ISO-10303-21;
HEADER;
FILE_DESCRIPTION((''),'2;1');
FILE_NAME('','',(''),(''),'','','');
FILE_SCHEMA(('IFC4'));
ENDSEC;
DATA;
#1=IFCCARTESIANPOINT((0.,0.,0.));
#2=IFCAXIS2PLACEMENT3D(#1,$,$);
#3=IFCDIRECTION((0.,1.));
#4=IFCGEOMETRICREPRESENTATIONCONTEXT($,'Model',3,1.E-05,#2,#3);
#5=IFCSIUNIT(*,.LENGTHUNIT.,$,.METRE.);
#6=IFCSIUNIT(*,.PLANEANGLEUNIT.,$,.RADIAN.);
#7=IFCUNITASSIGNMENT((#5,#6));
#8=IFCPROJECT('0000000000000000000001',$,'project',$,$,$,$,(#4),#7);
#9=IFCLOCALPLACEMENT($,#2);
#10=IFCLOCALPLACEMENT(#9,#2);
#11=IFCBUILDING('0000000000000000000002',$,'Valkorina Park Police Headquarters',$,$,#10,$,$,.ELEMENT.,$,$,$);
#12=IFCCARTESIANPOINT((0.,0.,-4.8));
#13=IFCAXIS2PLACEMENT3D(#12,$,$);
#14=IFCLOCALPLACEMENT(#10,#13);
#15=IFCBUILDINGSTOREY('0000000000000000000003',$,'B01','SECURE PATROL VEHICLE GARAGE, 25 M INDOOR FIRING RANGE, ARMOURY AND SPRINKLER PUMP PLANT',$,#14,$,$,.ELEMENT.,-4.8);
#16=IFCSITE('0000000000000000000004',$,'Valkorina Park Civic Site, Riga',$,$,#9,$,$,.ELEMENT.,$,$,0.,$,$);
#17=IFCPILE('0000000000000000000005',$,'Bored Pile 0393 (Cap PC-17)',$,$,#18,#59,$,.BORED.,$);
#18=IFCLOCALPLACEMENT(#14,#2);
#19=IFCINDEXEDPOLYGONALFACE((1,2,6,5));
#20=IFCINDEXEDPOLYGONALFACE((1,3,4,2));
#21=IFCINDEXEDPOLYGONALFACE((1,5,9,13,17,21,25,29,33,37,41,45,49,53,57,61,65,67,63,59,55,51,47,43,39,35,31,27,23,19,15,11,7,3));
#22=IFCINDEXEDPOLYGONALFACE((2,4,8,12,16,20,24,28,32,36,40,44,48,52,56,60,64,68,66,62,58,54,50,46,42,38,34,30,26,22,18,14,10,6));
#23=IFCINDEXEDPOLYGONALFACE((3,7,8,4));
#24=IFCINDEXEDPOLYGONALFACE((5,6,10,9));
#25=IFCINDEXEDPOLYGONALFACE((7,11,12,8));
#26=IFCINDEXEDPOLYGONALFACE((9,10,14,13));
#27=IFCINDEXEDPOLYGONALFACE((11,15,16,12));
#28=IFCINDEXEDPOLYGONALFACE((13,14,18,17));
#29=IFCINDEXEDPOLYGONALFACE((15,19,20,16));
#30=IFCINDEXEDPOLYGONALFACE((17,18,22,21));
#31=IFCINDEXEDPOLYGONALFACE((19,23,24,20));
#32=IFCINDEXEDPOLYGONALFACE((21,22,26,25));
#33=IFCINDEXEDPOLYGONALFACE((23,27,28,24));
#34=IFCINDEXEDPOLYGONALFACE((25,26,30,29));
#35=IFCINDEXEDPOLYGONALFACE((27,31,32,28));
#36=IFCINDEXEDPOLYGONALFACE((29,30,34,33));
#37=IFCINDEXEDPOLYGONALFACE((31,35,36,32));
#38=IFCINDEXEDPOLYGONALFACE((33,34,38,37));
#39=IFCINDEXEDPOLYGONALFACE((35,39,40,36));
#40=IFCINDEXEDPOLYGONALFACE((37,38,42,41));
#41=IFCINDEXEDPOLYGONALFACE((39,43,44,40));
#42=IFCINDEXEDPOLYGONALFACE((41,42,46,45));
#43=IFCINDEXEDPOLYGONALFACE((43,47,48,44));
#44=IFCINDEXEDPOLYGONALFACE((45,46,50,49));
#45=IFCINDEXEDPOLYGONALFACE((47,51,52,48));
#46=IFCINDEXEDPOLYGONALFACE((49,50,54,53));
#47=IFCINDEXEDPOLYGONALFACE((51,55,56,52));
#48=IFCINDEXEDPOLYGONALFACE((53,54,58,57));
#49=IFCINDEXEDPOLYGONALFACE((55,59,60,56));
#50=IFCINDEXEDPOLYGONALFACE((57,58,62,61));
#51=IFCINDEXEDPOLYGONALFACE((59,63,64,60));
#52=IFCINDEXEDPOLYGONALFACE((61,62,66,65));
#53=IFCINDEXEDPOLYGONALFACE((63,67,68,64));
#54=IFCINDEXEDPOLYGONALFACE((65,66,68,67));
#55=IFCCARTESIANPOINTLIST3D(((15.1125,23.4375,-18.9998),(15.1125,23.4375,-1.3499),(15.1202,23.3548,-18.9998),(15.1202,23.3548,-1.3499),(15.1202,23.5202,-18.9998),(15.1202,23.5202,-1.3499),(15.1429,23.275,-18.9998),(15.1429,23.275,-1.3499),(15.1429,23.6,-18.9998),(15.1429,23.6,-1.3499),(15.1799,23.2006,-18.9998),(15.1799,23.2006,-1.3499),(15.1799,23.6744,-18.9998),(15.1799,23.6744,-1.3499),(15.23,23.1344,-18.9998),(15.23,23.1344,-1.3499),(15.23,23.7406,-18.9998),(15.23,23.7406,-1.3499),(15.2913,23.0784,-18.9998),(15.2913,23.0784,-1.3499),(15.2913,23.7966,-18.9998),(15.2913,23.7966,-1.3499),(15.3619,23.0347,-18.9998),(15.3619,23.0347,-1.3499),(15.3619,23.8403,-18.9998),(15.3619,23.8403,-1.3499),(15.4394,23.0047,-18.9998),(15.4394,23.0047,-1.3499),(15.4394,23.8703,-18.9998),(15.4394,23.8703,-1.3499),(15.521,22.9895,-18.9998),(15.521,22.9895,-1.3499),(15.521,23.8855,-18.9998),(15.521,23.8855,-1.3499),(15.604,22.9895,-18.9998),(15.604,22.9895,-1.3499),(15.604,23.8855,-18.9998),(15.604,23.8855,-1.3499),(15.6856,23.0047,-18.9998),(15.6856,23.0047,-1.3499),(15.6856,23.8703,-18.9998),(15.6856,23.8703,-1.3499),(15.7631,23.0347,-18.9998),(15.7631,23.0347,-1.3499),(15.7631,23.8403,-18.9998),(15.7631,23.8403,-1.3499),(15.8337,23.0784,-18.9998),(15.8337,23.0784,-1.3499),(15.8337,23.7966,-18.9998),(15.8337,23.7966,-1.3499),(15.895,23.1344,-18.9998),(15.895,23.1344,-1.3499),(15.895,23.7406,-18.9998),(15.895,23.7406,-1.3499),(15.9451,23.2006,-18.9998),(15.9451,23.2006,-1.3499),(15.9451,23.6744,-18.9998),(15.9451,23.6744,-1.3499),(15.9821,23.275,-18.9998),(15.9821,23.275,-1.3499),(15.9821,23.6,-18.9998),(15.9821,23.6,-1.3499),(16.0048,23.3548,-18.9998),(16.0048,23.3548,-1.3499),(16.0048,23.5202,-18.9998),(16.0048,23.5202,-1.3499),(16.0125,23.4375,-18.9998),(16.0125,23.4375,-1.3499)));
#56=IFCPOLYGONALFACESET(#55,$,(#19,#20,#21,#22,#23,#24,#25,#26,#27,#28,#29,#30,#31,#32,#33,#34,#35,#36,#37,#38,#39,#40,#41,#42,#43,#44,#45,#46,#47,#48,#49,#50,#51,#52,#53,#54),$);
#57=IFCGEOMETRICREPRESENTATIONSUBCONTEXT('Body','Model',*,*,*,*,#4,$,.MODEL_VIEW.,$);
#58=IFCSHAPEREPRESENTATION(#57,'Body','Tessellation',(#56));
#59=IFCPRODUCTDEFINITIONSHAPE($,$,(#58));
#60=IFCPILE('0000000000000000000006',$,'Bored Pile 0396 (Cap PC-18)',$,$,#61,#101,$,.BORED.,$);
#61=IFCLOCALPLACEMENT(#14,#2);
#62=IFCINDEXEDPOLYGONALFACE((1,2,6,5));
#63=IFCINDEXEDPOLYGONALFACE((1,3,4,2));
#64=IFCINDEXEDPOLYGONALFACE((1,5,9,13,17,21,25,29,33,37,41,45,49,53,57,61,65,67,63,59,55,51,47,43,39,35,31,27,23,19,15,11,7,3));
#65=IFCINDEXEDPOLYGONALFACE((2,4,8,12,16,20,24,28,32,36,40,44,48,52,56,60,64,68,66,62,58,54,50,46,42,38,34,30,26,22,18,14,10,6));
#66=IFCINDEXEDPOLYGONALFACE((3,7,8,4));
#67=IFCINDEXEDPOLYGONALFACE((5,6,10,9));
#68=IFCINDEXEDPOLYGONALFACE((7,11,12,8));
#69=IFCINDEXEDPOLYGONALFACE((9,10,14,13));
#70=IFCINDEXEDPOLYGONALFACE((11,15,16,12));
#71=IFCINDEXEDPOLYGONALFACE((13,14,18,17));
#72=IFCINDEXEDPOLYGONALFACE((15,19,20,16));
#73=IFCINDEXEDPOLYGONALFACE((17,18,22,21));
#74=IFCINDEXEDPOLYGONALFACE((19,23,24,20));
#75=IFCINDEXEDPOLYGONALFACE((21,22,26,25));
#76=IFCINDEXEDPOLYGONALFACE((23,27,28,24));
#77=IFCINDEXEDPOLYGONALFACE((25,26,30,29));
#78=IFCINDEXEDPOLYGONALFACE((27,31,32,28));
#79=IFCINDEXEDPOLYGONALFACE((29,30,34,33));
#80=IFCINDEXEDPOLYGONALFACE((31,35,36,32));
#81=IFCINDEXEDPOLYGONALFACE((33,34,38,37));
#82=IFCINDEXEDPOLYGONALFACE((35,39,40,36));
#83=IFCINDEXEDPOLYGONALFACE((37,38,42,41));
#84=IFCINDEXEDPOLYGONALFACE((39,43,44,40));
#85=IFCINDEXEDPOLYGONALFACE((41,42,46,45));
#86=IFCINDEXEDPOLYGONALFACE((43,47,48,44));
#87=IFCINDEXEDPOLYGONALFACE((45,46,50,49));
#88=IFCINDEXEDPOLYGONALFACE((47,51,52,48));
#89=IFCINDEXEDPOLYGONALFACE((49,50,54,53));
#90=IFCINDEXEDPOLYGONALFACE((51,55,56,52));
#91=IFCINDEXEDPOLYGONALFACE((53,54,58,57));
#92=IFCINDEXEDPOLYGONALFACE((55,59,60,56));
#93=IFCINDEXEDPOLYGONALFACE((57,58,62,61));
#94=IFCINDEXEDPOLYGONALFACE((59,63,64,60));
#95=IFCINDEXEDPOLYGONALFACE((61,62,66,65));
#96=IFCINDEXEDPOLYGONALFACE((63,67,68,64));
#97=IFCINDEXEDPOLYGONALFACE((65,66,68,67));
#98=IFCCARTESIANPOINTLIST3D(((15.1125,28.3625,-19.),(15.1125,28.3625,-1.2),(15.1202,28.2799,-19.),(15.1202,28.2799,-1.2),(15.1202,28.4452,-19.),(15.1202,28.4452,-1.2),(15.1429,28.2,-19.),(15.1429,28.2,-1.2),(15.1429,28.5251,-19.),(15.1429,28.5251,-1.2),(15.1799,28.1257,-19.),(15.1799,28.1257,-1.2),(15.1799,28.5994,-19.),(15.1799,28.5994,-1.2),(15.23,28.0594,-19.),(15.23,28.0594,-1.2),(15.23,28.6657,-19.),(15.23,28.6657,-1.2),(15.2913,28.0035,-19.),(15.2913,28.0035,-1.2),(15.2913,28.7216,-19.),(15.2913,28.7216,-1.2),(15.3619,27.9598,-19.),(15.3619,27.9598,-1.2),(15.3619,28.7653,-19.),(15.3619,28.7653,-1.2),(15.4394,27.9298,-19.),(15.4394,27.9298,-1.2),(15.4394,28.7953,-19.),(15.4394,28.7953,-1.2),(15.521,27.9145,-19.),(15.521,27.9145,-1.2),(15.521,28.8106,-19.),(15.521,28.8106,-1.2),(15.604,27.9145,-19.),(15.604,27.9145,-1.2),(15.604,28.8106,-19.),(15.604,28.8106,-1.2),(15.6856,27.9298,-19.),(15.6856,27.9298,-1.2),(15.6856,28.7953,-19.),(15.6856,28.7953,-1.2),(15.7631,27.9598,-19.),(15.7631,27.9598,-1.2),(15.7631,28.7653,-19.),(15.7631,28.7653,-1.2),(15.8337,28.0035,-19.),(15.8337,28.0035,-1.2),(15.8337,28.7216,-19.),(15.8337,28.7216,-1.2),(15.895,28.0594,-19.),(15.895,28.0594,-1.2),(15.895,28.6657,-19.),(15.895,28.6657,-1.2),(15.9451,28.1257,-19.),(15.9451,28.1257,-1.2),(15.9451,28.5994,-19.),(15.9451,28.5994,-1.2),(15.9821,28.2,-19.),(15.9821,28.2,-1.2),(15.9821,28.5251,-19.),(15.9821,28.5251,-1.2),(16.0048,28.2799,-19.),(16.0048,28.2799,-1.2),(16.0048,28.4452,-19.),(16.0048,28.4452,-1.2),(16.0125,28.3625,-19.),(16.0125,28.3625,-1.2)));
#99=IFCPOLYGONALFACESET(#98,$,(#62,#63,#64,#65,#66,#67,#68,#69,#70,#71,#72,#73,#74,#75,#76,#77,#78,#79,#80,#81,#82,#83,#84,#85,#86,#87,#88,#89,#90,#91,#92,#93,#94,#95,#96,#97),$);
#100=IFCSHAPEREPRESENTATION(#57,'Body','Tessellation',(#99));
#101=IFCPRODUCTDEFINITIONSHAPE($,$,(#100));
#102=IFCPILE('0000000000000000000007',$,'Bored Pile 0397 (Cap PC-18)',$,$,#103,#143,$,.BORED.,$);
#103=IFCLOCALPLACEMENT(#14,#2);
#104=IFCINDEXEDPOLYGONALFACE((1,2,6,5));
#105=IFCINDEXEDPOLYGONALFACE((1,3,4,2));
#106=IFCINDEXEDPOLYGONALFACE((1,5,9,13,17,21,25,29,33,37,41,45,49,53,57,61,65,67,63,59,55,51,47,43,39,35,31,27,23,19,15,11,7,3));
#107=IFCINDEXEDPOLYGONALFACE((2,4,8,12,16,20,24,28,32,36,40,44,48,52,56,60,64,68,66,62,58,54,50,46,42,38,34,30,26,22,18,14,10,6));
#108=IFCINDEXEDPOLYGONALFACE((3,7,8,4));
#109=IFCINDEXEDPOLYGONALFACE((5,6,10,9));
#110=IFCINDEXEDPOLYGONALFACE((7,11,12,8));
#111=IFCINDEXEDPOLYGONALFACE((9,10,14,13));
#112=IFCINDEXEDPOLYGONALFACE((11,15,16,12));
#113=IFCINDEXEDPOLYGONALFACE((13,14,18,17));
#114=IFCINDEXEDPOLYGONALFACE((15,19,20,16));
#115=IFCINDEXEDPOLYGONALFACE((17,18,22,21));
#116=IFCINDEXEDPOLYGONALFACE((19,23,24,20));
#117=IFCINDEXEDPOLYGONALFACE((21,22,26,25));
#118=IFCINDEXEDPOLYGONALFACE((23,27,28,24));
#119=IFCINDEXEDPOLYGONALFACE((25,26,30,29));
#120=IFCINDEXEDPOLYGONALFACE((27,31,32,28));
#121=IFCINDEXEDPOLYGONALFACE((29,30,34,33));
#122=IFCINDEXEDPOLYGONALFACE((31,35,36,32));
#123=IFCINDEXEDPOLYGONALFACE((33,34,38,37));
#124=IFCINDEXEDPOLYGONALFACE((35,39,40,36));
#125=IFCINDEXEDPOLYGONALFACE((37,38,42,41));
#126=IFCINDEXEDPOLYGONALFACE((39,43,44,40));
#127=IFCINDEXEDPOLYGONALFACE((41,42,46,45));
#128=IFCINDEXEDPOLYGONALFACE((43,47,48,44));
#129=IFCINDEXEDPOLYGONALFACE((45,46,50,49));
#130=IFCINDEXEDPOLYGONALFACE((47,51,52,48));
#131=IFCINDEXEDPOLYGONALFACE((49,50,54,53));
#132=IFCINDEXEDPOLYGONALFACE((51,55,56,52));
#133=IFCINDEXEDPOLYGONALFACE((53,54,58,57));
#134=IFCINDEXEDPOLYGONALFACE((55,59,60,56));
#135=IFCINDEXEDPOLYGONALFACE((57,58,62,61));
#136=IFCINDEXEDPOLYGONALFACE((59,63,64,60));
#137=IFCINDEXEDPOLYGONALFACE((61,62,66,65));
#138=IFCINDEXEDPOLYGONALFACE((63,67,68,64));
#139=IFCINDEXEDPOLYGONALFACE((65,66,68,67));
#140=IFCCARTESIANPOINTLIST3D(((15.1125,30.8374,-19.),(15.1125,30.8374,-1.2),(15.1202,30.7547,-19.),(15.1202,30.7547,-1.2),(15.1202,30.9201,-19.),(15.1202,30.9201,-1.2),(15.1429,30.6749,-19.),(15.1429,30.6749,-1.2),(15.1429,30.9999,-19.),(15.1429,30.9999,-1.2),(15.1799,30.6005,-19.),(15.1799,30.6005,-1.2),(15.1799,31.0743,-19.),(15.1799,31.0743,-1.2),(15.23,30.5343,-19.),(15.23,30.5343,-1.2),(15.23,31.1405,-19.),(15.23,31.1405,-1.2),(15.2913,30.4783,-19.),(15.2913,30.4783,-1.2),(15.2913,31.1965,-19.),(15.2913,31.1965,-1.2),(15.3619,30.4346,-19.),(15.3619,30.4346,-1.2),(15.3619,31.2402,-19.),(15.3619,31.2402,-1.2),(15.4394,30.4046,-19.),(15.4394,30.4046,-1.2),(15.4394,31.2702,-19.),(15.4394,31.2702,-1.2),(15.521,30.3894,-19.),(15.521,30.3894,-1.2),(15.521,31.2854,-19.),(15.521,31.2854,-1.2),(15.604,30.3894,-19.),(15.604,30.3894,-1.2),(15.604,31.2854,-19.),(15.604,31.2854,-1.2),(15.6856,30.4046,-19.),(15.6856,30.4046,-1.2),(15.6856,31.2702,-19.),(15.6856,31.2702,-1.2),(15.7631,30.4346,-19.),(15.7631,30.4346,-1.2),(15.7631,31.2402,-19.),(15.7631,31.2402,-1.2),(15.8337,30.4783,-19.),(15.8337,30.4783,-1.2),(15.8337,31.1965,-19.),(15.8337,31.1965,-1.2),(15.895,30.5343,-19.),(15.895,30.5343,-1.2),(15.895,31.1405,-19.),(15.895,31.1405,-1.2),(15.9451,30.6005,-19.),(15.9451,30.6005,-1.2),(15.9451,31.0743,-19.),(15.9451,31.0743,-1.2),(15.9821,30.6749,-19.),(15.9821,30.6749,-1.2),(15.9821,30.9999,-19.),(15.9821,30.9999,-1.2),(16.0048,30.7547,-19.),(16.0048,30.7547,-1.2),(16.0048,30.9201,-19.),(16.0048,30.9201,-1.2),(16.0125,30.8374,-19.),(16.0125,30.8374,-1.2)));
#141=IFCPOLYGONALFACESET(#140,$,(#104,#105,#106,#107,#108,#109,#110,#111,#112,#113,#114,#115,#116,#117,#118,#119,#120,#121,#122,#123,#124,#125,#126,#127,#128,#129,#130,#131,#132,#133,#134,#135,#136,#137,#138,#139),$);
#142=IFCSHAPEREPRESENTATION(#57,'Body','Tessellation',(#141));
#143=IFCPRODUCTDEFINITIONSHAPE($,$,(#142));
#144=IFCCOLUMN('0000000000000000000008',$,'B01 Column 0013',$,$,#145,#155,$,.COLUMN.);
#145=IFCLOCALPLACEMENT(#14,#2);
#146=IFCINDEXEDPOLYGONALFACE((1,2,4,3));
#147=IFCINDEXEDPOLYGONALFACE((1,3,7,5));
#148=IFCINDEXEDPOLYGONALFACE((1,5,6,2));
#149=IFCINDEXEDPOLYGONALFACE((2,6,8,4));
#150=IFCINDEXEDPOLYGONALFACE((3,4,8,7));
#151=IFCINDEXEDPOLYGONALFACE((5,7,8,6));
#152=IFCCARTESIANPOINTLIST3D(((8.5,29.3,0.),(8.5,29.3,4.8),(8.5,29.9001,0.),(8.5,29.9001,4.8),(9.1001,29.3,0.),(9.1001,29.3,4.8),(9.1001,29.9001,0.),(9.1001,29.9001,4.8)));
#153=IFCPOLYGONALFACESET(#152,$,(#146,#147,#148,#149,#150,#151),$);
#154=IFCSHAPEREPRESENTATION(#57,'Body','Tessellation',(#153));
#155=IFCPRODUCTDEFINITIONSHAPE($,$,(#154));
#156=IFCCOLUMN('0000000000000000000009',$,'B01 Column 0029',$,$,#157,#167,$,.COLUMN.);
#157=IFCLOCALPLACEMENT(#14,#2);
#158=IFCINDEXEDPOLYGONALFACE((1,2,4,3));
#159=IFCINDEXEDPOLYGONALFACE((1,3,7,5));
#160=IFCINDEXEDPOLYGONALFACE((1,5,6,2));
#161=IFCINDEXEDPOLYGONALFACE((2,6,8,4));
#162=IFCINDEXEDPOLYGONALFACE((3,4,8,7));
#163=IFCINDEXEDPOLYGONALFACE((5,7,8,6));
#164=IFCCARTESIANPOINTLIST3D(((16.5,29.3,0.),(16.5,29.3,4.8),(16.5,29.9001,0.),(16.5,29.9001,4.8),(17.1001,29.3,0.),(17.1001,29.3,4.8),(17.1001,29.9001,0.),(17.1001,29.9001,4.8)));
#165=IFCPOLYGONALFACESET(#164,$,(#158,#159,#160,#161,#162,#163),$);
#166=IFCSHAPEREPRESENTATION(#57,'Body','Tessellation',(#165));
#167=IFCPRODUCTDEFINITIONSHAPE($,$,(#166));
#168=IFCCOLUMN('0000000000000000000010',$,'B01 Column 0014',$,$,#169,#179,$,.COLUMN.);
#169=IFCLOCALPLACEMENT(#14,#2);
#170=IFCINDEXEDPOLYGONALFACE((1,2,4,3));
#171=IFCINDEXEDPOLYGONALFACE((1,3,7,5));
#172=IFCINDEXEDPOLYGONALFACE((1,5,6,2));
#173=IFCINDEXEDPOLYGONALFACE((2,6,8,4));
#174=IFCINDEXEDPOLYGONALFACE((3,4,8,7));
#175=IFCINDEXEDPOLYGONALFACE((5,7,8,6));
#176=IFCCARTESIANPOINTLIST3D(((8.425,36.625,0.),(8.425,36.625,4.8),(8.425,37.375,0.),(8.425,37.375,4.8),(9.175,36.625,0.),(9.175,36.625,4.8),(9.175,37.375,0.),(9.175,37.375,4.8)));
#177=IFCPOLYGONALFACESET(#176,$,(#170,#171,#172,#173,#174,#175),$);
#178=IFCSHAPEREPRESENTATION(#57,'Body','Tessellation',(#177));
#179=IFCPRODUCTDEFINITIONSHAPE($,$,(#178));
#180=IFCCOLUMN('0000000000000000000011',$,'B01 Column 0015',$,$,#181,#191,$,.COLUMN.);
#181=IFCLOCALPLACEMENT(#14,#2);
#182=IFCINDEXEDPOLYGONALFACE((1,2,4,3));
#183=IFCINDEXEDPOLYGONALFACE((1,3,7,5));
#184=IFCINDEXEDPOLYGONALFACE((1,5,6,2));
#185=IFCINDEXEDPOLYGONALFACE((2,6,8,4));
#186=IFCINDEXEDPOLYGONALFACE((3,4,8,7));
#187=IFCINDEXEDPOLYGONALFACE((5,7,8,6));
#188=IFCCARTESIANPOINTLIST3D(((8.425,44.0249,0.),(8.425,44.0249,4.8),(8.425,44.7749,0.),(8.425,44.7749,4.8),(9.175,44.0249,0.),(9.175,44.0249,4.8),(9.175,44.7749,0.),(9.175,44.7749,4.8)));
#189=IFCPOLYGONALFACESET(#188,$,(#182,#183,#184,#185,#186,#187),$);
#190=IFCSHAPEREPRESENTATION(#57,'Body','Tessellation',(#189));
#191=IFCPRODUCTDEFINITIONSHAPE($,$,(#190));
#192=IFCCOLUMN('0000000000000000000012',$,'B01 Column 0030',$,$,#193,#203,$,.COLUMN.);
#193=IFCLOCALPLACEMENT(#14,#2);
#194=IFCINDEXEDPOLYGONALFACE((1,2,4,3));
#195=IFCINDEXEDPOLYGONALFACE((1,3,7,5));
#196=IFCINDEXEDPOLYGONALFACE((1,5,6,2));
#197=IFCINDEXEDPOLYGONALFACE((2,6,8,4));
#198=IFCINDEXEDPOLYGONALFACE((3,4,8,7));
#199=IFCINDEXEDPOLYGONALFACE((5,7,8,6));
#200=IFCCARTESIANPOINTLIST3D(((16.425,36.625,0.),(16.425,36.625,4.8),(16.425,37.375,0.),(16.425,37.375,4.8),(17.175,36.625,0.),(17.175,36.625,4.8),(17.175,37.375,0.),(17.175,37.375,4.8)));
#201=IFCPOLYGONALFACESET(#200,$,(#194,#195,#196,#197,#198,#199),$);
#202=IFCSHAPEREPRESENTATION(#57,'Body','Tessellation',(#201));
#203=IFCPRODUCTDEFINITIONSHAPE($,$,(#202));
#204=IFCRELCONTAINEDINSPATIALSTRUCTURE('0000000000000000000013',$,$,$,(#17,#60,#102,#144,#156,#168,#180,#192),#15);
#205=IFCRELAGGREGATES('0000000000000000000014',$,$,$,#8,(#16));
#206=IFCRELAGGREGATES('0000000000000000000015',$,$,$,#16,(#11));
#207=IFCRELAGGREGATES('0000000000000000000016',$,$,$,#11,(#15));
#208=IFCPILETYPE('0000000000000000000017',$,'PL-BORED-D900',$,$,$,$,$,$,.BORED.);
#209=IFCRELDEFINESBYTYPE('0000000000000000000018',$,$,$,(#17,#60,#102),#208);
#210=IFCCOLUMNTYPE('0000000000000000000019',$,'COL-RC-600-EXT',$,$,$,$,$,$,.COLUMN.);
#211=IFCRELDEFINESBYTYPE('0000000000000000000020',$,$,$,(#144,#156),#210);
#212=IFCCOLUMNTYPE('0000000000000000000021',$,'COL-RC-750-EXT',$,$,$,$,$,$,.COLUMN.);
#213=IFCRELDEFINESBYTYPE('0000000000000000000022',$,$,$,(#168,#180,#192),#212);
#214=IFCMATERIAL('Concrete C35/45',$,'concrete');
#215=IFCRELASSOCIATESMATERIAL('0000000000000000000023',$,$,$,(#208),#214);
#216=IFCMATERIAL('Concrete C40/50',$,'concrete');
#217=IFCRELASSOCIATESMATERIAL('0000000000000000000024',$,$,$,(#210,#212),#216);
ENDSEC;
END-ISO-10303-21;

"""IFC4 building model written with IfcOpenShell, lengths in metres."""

from ifc_helpers import new_model, si_unit, direction, frame, origin, origin_2d, place, context, subcontext, project, spatial, rectangle, circle, extrude, material, material_profile, profile_set, type_object, element, save


model = new_model("IFC4")

# Units and contexts
model_context = context("Model", 3, precision=1e-05, world=origin(), true_north=direction((0.0, 1.0)))
body_context = subcontext(model_context, "Body", "Model", "MODEL_VIEW")
ifc_project = project(units=[si_unit("LENGTHUNIT", "METRE"), si_unit("PLANEANGLEUNIT", "RADIAN")], contexts=[model_context])

# Site, building, storey
site_placement = place(None, origin())
site = spatial("IfcSite", under=ifc_project, at=site_placement, Name="Valkorina Park Civic Site, Riga", CompositionType="ELEMENT", RefElevation=0.0)
building_placement = place(site_placement, origin())
building = spatial("IfcBuilding", under=site, at=building_placement, Name="Valkorina Park Police Headquarters", CompositionType="ELEMENT")
storey_placement = place(building_placement, frame((0.0, 0.0, -4.8)))
storey = spatial("IfcBuildingStorey", under=building, at=storey_placement, Name="B01", Description="SECURE PATROL VEHICLE GARAGE, 25 M INDOOR FIRING RANGE, ARMOURY AND SPRINKLER PUMP PLANT", CompositionType="ELEMENT", Elevation=-4.8)

# Shared definitions
ifc_material_1 = material(Name="Concrete C40/50", Category="concrete")

# Piles
ifc_material_2 = material(Name="Concrete C35/45", Category="concrete")
ifc_material_profile_1 = material_profile(ifc_material_2, circle(Radius=0.45, at=origin_2d()), Name="BORED PILE D900")
ifc_profile_set_1 = profile_set([ifc_material_profile_1], Name="Concrete C35/45")
pile_type = type_object("IfcPileType", Name="PL-BORED-D900", PredefinedType="BORED", material=ifc_profile_set_1)
pile_1_placement = place(storey_placement, frame((15.5625, 23.4375, -1.3499), z_axis=(0.0, 0.0, -1.0), x_axis=(1.0, 0.0, 0.0)))
element("IfcPile", 1, at=pile_1_placement, inside=storey, type_object=pile_type, Name="Bored Pile 0393 (Cap PC-17)", PredefinedType="BORED", context=body_context, shape_type="SweptSolid", body=[
    extrude(circle(Radius=0.45, at=origin_2d()), origin(), (0.0, 0.0, 1.0), 17.6499),
])
for number, where, z_axis, x_axis, name in (
    (2, (15.5625, 28.3625, -1.2), (0.0, 0.0, -1.0), (1.0, 0.0, 0.0), "Bored Pile 0396 (Cap PC-18)"),
    (3, (15.5625, 30.8374, -1.2), (0.0, 0.0, -1.0), (1.0, 0.0, 0.0), "Bored Pile 0397 (Cap PC-18)"),
):
    element("IfcPile", number, at=place(storey_placement, frame(where, z_axis=z_axis, x_axis=x_axis)), inside=storey, type_object=pile_type, Name=name, PredefinedType="BORED", context=body_context, shape_type="SweptSolid", body=[
        extrude(circle(Radius=0.45, at=origin_2d()), origin(), (0.0, 0.0, 1.0), 17.8),
    ])

# Columns
ifc_material_profile_2 = material_profile(ifc_material_1, rectangle(XDim=0.6001, YDim=0.6001, at=origin_2d()), Name="RC COL 600x600")
ifc_profile_set_2 = profile_set([ifc_material_profile_2], Name="Concrete C40/50")
column_type_1 = type_object("IfcColumnType", Name="COL-RC-600-EXT", PredefinedType="COLUMN", material=ifc_profile_set_2)
for number, where, z_axis, x_axis, name in (
    (4, (8.8, 29.6001, 0.0), (0.0, 0.0, 1.0), (1.0, 0.0, 0.0), "B01 Column 0013"),
    (5, (16.8, 29.6001, 0.0), (0.0, 0.0, 1.0), (1.0, 0.0, 0.0), "B01 Column 0029"),
):
    element("IfcColumn", number, at=place(storey_placement, frame(where, z_axis=z_axis, x_axis=x_axis)), inside=storey, type_object=column_type_1, Name=name, PredefinedType="COLUMN", context=body_context, shape_type="SweptSolid", body=[
        extrude(rectangle(XDim=0.6001, YDim=0.6001, at=origin_2d()), origin(), (0.0, 0.0, 1.0), 4.8),
    ])
ifc_material_profile_3 = material_profile(ifc_material_1, rectangle(XDim=0.75, YDim=0.75, at=origin_2d()), Name="RC COL 750x750")
ifc_profile_set_3 = profile_set([ifc_material_profile_3], Name="Concrete C40/50")
column_type_2 = type_object("IfcColumnType", Name="COL-RC-750-EXT", PredefinedType="COLUMN", material=ifc_profile_set_3)
for number, where, z_axis, x_axis, name in (
    (6, (8.8, 37.0, 0.0), (0.0, 0.0, 1.0), (1.0, 0.0, 0.0), "B01 Column 0014"),
    (7, (8.8, 44.3999, 0.0), (0.0, 0.0, 1.0), (1.0, 0.0, 0.0), "B01 Column 0015"),
    (8, (16.8, 37.0, 0.0), (0.0, 0.0, 1.0), (1.0, 0.0, 0.0), "B01 Column 0030"),
):
    element("IfcColumn", number, at=place(storey_placement, frame(where, z_axis=z_axis, x_axis=x_axis)), inside=storey, type_object=column_type_2, Name=name, PredefinedType="COLUMN", context=body_context, shape_type="SweptSolid", body=[
        extrude(rectangle(XDim=0.75, YDim=0.75, at=origin_2d()), origin(), (0.0, 0.0, 1.0), 4.8),
    ])

save(model, "model.ifc")
